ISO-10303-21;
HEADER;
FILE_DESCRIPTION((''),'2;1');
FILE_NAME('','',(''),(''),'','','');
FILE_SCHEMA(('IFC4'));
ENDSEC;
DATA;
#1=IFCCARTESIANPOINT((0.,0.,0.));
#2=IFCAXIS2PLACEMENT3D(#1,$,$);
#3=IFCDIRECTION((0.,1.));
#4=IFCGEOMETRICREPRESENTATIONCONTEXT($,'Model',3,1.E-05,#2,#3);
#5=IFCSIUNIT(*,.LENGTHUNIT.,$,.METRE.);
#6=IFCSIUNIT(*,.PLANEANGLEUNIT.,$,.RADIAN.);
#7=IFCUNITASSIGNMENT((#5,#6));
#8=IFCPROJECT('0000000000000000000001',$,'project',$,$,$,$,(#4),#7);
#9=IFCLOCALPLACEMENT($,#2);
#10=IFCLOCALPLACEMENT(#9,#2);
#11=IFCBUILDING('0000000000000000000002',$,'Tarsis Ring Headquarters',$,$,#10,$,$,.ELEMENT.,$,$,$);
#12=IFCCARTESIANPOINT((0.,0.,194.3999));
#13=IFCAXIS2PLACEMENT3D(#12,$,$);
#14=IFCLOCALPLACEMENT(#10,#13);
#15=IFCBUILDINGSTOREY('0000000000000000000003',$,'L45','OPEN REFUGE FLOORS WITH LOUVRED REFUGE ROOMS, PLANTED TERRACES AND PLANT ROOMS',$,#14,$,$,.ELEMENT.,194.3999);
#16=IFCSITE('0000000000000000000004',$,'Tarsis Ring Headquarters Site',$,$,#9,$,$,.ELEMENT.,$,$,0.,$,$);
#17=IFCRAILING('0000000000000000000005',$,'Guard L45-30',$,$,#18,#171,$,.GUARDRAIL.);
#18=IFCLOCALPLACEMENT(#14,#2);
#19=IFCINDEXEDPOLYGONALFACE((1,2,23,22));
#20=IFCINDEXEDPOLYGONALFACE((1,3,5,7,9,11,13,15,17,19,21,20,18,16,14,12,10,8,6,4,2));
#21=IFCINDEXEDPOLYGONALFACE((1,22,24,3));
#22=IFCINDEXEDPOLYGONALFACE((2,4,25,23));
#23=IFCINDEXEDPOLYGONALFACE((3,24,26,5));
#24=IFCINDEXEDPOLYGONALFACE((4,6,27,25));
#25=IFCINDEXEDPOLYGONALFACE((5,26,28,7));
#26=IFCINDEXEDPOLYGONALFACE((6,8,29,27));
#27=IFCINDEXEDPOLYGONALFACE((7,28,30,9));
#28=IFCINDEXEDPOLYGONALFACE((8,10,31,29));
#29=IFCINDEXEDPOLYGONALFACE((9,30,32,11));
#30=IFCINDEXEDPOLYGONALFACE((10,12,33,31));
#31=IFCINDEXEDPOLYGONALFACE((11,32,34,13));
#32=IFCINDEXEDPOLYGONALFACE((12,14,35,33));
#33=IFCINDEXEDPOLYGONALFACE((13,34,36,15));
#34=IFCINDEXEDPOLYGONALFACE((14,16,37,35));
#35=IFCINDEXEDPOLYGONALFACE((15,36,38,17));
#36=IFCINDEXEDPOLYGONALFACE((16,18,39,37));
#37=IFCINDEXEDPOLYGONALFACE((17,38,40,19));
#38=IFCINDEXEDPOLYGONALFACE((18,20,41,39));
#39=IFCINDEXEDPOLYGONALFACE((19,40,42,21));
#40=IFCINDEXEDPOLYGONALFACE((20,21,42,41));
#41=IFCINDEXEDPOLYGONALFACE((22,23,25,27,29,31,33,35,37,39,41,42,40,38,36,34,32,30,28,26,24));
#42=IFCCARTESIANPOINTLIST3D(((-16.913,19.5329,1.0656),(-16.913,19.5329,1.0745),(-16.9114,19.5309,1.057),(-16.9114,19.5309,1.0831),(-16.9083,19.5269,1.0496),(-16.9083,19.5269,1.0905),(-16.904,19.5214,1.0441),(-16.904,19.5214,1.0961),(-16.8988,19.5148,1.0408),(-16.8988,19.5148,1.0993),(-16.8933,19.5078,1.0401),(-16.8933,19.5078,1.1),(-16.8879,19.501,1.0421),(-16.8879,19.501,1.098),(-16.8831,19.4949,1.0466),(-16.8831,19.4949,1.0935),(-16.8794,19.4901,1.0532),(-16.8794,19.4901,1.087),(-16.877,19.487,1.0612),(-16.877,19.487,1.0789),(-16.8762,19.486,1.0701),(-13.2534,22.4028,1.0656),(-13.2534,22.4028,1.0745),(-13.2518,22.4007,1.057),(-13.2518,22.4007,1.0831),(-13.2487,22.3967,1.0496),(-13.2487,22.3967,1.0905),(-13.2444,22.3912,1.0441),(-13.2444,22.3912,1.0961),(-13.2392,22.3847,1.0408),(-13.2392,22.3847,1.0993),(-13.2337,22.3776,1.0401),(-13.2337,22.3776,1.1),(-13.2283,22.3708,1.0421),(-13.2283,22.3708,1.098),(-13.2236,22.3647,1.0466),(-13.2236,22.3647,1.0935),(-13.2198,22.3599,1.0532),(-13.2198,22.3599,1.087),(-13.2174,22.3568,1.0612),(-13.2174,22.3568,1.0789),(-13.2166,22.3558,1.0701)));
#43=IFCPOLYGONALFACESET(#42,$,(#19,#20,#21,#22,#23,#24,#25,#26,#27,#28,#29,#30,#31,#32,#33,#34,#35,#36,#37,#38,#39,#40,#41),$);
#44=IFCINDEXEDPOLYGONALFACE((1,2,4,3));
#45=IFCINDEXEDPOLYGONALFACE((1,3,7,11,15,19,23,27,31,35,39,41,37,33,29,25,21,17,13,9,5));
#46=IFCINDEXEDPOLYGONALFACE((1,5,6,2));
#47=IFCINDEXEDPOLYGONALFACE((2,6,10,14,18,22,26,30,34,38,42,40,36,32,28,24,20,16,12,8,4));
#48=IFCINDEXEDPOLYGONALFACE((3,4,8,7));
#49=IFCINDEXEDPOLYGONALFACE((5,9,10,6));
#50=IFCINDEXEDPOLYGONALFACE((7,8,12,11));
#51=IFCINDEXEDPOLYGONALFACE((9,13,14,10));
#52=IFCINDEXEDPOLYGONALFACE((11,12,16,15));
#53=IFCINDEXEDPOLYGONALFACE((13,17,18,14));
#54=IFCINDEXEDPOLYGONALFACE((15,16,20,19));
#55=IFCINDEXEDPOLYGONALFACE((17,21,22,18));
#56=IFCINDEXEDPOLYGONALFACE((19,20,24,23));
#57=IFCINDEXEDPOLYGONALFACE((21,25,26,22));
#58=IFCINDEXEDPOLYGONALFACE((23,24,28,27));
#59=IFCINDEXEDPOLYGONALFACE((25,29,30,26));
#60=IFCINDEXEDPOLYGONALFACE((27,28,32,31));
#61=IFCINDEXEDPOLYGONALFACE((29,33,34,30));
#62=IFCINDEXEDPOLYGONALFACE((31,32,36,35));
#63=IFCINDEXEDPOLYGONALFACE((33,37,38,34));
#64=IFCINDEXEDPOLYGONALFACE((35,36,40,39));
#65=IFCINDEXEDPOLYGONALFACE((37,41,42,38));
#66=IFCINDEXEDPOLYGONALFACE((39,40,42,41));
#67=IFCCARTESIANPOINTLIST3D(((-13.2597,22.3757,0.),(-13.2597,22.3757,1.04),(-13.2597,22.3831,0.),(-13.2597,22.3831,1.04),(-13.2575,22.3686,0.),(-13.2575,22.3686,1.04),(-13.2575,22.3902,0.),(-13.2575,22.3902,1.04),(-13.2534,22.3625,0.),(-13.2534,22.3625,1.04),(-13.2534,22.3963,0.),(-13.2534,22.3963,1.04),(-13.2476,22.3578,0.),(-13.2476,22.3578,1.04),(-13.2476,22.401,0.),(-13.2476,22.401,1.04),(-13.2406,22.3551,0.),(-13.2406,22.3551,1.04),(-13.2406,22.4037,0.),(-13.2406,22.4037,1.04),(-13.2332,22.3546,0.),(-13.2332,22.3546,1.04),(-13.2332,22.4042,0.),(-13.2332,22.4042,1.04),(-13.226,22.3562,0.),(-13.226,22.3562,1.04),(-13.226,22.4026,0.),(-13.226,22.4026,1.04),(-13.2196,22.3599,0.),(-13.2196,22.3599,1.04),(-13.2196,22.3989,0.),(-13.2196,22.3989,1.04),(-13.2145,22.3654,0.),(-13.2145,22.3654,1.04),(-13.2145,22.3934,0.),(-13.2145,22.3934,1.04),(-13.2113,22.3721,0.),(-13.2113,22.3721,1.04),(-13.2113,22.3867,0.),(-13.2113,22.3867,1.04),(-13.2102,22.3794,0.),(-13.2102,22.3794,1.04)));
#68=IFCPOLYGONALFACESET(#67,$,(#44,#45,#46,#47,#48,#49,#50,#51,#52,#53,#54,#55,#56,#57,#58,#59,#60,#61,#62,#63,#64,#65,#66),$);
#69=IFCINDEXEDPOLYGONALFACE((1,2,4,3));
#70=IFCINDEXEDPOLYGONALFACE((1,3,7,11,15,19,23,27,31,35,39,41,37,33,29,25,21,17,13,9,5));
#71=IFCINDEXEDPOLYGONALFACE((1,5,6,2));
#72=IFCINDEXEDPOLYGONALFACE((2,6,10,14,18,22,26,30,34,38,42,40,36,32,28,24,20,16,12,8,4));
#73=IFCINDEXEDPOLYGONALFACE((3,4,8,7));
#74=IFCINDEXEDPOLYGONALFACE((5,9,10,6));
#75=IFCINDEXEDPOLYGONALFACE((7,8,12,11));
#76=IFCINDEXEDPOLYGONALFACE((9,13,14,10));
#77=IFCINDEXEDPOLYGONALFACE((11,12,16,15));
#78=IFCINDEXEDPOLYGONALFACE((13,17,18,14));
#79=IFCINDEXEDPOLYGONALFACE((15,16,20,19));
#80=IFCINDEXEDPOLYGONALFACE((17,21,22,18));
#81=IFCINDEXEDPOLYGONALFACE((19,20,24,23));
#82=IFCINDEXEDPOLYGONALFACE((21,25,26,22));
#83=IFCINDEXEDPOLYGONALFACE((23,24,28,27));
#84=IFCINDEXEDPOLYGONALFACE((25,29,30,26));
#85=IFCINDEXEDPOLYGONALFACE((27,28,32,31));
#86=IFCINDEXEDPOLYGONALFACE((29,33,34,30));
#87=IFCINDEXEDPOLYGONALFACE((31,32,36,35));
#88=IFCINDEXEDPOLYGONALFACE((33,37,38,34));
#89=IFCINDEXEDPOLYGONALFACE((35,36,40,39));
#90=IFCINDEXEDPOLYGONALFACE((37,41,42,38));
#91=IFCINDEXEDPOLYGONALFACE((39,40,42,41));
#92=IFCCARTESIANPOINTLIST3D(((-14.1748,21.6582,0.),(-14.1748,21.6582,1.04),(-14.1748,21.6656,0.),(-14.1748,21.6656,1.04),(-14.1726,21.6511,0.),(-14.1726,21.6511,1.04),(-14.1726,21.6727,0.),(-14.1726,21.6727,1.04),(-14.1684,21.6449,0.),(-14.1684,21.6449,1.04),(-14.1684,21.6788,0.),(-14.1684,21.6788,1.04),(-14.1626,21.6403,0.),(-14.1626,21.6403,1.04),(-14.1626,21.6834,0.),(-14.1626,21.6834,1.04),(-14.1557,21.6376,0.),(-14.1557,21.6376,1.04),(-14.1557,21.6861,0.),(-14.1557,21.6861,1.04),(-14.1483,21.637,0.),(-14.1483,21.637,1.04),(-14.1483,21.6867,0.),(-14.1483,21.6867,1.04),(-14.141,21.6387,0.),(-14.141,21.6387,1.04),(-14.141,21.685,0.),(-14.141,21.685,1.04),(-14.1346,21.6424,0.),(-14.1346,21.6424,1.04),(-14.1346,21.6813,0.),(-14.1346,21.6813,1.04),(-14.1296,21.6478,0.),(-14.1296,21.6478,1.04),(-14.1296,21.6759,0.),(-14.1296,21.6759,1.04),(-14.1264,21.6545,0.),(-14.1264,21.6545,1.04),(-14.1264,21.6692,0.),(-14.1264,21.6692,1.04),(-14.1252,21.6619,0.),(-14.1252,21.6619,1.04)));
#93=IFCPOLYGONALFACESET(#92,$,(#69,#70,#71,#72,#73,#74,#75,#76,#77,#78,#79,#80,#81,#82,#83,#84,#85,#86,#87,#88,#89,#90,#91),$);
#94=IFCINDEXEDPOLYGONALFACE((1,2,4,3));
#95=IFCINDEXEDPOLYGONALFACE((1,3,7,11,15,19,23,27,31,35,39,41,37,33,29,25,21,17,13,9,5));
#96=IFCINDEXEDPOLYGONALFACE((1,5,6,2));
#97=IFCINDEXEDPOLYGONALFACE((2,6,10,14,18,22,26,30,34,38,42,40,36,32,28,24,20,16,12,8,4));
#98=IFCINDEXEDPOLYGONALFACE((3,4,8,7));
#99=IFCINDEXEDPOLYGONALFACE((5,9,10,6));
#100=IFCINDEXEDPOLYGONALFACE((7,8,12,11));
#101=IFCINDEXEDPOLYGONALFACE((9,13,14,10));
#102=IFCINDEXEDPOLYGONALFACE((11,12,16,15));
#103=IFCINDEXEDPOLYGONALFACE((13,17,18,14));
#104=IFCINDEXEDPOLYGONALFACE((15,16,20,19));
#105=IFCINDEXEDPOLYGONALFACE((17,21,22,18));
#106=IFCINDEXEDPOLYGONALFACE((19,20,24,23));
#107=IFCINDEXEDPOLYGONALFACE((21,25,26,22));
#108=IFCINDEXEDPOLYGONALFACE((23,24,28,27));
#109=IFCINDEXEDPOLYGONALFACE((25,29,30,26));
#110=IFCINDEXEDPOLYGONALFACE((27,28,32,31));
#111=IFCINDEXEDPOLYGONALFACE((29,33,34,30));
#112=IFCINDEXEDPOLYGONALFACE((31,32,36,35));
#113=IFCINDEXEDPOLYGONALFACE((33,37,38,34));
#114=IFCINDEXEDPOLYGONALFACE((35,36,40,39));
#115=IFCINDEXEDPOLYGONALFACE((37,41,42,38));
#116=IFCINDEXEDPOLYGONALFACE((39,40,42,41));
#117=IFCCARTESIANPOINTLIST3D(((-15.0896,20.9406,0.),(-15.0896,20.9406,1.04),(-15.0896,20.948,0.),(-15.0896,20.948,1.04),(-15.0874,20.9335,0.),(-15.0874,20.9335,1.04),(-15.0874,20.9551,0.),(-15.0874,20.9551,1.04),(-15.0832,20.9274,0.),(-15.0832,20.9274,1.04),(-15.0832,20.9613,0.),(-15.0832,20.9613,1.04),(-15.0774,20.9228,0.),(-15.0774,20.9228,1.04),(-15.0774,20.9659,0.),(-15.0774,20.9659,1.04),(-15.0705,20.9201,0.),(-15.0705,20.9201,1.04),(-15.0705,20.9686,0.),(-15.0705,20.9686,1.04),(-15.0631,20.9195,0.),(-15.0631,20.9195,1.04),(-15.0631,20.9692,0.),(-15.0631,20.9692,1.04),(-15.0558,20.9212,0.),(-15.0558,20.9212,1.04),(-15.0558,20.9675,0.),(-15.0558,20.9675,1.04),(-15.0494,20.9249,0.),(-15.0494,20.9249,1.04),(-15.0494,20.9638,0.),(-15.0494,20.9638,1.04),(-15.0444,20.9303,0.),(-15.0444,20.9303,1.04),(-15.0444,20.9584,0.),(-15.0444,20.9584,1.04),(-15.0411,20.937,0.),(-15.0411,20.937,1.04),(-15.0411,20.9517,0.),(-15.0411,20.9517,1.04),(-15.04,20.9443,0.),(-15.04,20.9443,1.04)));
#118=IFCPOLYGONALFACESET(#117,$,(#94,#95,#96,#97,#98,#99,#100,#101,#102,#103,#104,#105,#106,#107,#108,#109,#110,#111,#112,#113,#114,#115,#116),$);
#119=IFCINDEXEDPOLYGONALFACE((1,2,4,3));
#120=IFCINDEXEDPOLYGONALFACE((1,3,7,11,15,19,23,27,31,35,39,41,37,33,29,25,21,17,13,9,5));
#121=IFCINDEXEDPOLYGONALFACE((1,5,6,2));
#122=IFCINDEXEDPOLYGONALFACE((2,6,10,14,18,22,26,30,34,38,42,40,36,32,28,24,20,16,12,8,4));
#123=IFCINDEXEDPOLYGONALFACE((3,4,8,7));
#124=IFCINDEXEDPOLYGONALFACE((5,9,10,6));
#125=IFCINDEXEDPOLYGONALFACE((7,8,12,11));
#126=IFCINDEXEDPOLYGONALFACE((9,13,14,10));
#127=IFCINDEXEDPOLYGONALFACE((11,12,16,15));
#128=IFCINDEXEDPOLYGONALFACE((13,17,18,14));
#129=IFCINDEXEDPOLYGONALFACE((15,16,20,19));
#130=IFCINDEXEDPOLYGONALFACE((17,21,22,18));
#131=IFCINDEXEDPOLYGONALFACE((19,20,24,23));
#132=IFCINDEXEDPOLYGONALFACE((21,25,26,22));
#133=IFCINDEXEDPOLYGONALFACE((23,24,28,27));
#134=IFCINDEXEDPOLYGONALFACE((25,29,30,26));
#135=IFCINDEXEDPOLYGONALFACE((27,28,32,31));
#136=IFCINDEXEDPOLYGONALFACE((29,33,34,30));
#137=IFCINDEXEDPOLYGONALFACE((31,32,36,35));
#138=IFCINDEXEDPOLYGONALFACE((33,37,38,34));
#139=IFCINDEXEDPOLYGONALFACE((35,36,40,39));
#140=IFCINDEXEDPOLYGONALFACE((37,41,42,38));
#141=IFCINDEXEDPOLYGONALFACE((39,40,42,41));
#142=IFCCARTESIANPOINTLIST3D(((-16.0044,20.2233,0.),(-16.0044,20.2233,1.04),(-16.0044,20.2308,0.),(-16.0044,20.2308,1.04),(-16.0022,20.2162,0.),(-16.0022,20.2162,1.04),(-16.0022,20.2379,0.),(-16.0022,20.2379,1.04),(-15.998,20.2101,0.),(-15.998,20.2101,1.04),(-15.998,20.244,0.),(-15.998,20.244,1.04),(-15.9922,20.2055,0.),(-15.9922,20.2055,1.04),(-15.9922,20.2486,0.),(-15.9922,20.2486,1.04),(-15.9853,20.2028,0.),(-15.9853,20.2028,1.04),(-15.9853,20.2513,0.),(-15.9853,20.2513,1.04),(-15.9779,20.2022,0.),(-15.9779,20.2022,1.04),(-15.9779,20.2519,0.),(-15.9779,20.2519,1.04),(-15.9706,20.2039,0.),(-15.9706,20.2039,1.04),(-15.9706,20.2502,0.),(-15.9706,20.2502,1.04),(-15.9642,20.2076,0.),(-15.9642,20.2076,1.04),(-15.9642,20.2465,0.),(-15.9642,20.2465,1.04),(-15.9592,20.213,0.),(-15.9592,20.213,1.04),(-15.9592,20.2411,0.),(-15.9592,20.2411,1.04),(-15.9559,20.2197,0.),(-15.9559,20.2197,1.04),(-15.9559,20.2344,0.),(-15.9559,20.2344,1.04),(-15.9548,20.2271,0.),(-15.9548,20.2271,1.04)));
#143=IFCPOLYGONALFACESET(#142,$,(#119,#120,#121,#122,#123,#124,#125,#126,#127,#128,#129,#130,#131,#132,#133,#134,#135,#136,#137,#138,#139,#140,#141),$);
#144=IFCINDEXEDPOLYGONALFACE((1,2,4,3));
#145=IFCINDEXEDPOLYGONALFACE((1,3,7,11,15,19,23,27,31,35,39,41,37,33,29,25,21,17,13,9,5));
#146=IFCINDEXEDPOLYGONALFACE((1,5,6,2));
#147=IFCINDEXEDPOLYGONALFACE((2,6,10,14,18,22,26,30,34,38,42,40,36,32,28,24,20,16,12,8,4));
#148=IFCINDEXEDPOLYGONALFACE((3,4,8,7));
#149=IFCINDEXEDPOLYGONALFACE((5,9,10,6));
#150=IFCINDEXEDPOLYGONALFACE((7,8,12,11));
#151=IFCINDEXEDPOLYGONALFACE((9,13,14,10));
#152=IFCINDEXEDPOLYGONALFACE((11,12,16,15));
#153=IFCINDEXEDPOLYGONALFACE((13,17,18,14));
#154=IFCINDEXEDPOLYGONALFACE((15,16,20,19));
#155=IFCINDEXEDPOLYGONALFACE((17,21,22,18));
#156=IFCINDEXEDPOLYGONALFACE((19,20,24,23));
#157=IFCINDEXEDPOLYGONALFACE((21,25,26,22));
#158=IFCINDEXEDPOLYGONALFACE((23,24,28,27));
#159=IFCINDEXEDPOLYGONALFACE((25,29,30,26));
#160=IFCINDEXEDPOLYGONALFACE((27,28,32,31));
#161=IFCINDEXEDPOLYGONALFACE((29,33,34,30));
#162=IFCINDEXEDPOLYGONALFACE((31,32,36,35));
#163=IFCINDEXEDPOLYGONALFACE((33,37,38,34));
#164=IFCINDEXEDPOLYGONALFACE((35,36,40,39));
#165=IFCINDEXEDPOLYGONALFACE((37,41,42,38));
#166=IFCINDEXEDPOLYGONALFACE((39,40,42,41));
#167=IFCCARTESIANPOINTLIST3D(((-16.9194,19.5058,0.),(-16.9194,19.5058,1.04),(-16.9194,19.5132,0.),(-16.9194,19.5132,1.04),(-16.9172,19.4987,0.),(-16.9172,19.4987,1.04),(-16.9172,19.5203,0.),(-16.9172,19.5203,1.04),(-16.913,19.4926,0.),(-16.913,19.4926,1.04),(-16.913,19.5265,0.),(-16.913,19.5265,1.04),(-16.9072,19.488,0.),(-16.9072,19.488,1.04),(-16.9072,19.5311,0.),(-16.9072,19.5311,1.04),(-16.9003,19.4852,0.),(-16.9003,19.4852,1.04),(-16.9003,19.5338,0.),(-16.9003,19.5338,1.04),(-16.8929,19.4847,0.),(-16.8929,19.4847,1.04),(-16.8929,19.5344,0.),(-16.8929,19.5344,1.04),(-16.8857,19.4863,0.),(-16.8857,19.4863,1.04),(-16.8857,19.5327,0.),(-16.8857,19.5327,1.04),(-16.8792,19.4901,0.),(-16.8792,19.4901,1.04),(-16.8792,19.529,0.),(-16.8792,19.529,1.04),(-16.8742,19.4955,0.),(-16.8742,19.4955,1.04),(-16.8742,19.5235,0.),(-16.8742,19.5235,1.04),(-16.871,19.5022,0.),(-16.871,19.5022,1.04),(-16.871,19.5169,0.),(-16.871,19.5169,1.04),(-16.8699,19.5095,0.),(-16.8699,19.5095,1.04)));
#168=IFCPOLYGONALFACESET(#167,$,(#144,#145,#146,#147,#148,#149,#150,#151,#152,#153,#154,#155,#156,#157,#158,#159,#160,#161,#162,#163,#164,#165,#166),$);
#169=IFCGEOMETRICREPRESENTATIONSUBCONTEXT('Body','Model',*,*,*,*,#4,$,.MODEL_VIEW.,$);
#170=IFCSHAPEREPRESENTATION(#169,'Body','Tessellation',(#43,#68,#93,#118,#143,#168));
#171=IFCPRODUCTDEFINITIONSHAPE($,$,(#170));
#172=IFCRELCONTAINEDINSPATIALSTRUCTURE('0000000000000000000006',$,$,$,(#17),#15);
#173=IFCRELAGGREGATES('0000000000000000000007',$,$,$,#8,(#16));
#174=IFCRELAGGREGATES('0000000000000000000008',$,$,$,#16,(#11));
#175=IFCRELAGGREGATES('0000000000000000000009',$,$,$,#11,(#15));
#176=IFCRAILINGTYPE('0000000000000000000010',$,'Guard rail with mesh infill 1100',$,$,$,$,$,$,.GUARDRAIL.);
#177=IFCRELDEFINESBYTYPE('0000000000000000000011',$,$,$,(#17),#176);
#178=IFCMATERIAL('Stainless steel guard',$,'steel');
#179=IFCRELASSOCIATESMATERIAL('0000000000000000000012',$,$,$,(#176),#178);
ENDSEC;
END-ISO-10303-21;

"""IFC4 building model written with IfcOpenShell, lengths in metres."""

from ifc_helpers import new_model, si_unit, direction, frame, origin, origin_2d, place, context, subcontext, project, spatial, circle, extrude, material, type_object, element, save


model = new_model("IFC4")

# Units and contexts
model_context = context("Model", 3, precision=1e-05, world=origin(), true_north=direction((0.0, 1.0)))
body_context = subcontext(model_context, "Body", "Model", "MODEL_VIEW")
ifc_project = project(units=[si_unit("LENGTHUNIT", "METRE"), si_unit("PLANEANGLEUNIT", "RADIAN")], contexts=[model_context])

# Site, building, storey
site_placement = place(None, origin())
site = spatial("IfcSite", under=ifc_project, at=site_placement, Name="Tarsis Ring Headquarters Site", CompositionType="ELEMENT", RefElevation=0.0)
building_placement = place(site_placement, origin())
building = spatial("IfcBuilding", under=site, at=building_placement, Name="Tarsis Ring Headquarters", CompositionType="ELEMENT")
storey_placement = place(building_placement, frame((0.0, 0.0, 194.3999)))
storey = spatial("IfcBuildingStorey", under=building, at=storey_placement, Name="L45", Description="OPEN REFUGE FLOORS WITH LOUVRED REFUGE ROOMS, PLANTED TERRACES AND PLANT ROOMS", CompositionType="ELEMENT", Elevation=194.3999)

# Railing
ifc_material_1 = material(Name="Stainless steel guard", Category="steel")
railing_type = type_object("IfcRailingType", Name="Guard rail with mesh infill 1100", PredefinedType="GUARDRAIL", material=ifc_material_1)
railing_1_placement = place(storey_placement, frame((-13.2351, 22.3794, 0.0)))
element("IfcRailing", 1, at=railing_1_placement, inside=storey, type_object=railing_type, Name="Guard L45-30", PredefinedType="GUARDRAIL", context=body_context, shape_type="SweptSolid", body=[
    extrude(circle(Radius=0.03, at=origin_2d()), frame((0.0, 0.0, 1.0701), z_axis=(-0.786901, -0.617079, 0.0), x_axis=(0.617079, -0.786901, 0.0)), (0.0, 0.0, 1.0), 4.6506),
    extrude(circle(Radius=0.0249, at=origin_2d()), origin(), (0.0, 0.0, 1.0), 1.04),
    extrude(circle(Radius=0.0249, at=origin_2d()), frame((-0.915, -0.7175, 0.0)), (0.0, 0.0, 1.0), 1.04),
    extrude(circle(Radius=0.0249, at=origin_2d()), frame((-1.8298, -1.4351, 0.0)), (0.0, 0.0, 1.0), 1.04),
    extrude(circle(Radius=0.0249, at=origin_2d()), frame((-2.7446, -2.1523, 0.0)), (0.0, 0.0, 1.0), 1.04),
    extrude(circle(Radius=0.0249, at=origin_2d()), frame((-3.6597, -2.8699, 0.0)), (0.0, 0.0, 1.0), 1.04),
])

save(model, "model.ifc")
